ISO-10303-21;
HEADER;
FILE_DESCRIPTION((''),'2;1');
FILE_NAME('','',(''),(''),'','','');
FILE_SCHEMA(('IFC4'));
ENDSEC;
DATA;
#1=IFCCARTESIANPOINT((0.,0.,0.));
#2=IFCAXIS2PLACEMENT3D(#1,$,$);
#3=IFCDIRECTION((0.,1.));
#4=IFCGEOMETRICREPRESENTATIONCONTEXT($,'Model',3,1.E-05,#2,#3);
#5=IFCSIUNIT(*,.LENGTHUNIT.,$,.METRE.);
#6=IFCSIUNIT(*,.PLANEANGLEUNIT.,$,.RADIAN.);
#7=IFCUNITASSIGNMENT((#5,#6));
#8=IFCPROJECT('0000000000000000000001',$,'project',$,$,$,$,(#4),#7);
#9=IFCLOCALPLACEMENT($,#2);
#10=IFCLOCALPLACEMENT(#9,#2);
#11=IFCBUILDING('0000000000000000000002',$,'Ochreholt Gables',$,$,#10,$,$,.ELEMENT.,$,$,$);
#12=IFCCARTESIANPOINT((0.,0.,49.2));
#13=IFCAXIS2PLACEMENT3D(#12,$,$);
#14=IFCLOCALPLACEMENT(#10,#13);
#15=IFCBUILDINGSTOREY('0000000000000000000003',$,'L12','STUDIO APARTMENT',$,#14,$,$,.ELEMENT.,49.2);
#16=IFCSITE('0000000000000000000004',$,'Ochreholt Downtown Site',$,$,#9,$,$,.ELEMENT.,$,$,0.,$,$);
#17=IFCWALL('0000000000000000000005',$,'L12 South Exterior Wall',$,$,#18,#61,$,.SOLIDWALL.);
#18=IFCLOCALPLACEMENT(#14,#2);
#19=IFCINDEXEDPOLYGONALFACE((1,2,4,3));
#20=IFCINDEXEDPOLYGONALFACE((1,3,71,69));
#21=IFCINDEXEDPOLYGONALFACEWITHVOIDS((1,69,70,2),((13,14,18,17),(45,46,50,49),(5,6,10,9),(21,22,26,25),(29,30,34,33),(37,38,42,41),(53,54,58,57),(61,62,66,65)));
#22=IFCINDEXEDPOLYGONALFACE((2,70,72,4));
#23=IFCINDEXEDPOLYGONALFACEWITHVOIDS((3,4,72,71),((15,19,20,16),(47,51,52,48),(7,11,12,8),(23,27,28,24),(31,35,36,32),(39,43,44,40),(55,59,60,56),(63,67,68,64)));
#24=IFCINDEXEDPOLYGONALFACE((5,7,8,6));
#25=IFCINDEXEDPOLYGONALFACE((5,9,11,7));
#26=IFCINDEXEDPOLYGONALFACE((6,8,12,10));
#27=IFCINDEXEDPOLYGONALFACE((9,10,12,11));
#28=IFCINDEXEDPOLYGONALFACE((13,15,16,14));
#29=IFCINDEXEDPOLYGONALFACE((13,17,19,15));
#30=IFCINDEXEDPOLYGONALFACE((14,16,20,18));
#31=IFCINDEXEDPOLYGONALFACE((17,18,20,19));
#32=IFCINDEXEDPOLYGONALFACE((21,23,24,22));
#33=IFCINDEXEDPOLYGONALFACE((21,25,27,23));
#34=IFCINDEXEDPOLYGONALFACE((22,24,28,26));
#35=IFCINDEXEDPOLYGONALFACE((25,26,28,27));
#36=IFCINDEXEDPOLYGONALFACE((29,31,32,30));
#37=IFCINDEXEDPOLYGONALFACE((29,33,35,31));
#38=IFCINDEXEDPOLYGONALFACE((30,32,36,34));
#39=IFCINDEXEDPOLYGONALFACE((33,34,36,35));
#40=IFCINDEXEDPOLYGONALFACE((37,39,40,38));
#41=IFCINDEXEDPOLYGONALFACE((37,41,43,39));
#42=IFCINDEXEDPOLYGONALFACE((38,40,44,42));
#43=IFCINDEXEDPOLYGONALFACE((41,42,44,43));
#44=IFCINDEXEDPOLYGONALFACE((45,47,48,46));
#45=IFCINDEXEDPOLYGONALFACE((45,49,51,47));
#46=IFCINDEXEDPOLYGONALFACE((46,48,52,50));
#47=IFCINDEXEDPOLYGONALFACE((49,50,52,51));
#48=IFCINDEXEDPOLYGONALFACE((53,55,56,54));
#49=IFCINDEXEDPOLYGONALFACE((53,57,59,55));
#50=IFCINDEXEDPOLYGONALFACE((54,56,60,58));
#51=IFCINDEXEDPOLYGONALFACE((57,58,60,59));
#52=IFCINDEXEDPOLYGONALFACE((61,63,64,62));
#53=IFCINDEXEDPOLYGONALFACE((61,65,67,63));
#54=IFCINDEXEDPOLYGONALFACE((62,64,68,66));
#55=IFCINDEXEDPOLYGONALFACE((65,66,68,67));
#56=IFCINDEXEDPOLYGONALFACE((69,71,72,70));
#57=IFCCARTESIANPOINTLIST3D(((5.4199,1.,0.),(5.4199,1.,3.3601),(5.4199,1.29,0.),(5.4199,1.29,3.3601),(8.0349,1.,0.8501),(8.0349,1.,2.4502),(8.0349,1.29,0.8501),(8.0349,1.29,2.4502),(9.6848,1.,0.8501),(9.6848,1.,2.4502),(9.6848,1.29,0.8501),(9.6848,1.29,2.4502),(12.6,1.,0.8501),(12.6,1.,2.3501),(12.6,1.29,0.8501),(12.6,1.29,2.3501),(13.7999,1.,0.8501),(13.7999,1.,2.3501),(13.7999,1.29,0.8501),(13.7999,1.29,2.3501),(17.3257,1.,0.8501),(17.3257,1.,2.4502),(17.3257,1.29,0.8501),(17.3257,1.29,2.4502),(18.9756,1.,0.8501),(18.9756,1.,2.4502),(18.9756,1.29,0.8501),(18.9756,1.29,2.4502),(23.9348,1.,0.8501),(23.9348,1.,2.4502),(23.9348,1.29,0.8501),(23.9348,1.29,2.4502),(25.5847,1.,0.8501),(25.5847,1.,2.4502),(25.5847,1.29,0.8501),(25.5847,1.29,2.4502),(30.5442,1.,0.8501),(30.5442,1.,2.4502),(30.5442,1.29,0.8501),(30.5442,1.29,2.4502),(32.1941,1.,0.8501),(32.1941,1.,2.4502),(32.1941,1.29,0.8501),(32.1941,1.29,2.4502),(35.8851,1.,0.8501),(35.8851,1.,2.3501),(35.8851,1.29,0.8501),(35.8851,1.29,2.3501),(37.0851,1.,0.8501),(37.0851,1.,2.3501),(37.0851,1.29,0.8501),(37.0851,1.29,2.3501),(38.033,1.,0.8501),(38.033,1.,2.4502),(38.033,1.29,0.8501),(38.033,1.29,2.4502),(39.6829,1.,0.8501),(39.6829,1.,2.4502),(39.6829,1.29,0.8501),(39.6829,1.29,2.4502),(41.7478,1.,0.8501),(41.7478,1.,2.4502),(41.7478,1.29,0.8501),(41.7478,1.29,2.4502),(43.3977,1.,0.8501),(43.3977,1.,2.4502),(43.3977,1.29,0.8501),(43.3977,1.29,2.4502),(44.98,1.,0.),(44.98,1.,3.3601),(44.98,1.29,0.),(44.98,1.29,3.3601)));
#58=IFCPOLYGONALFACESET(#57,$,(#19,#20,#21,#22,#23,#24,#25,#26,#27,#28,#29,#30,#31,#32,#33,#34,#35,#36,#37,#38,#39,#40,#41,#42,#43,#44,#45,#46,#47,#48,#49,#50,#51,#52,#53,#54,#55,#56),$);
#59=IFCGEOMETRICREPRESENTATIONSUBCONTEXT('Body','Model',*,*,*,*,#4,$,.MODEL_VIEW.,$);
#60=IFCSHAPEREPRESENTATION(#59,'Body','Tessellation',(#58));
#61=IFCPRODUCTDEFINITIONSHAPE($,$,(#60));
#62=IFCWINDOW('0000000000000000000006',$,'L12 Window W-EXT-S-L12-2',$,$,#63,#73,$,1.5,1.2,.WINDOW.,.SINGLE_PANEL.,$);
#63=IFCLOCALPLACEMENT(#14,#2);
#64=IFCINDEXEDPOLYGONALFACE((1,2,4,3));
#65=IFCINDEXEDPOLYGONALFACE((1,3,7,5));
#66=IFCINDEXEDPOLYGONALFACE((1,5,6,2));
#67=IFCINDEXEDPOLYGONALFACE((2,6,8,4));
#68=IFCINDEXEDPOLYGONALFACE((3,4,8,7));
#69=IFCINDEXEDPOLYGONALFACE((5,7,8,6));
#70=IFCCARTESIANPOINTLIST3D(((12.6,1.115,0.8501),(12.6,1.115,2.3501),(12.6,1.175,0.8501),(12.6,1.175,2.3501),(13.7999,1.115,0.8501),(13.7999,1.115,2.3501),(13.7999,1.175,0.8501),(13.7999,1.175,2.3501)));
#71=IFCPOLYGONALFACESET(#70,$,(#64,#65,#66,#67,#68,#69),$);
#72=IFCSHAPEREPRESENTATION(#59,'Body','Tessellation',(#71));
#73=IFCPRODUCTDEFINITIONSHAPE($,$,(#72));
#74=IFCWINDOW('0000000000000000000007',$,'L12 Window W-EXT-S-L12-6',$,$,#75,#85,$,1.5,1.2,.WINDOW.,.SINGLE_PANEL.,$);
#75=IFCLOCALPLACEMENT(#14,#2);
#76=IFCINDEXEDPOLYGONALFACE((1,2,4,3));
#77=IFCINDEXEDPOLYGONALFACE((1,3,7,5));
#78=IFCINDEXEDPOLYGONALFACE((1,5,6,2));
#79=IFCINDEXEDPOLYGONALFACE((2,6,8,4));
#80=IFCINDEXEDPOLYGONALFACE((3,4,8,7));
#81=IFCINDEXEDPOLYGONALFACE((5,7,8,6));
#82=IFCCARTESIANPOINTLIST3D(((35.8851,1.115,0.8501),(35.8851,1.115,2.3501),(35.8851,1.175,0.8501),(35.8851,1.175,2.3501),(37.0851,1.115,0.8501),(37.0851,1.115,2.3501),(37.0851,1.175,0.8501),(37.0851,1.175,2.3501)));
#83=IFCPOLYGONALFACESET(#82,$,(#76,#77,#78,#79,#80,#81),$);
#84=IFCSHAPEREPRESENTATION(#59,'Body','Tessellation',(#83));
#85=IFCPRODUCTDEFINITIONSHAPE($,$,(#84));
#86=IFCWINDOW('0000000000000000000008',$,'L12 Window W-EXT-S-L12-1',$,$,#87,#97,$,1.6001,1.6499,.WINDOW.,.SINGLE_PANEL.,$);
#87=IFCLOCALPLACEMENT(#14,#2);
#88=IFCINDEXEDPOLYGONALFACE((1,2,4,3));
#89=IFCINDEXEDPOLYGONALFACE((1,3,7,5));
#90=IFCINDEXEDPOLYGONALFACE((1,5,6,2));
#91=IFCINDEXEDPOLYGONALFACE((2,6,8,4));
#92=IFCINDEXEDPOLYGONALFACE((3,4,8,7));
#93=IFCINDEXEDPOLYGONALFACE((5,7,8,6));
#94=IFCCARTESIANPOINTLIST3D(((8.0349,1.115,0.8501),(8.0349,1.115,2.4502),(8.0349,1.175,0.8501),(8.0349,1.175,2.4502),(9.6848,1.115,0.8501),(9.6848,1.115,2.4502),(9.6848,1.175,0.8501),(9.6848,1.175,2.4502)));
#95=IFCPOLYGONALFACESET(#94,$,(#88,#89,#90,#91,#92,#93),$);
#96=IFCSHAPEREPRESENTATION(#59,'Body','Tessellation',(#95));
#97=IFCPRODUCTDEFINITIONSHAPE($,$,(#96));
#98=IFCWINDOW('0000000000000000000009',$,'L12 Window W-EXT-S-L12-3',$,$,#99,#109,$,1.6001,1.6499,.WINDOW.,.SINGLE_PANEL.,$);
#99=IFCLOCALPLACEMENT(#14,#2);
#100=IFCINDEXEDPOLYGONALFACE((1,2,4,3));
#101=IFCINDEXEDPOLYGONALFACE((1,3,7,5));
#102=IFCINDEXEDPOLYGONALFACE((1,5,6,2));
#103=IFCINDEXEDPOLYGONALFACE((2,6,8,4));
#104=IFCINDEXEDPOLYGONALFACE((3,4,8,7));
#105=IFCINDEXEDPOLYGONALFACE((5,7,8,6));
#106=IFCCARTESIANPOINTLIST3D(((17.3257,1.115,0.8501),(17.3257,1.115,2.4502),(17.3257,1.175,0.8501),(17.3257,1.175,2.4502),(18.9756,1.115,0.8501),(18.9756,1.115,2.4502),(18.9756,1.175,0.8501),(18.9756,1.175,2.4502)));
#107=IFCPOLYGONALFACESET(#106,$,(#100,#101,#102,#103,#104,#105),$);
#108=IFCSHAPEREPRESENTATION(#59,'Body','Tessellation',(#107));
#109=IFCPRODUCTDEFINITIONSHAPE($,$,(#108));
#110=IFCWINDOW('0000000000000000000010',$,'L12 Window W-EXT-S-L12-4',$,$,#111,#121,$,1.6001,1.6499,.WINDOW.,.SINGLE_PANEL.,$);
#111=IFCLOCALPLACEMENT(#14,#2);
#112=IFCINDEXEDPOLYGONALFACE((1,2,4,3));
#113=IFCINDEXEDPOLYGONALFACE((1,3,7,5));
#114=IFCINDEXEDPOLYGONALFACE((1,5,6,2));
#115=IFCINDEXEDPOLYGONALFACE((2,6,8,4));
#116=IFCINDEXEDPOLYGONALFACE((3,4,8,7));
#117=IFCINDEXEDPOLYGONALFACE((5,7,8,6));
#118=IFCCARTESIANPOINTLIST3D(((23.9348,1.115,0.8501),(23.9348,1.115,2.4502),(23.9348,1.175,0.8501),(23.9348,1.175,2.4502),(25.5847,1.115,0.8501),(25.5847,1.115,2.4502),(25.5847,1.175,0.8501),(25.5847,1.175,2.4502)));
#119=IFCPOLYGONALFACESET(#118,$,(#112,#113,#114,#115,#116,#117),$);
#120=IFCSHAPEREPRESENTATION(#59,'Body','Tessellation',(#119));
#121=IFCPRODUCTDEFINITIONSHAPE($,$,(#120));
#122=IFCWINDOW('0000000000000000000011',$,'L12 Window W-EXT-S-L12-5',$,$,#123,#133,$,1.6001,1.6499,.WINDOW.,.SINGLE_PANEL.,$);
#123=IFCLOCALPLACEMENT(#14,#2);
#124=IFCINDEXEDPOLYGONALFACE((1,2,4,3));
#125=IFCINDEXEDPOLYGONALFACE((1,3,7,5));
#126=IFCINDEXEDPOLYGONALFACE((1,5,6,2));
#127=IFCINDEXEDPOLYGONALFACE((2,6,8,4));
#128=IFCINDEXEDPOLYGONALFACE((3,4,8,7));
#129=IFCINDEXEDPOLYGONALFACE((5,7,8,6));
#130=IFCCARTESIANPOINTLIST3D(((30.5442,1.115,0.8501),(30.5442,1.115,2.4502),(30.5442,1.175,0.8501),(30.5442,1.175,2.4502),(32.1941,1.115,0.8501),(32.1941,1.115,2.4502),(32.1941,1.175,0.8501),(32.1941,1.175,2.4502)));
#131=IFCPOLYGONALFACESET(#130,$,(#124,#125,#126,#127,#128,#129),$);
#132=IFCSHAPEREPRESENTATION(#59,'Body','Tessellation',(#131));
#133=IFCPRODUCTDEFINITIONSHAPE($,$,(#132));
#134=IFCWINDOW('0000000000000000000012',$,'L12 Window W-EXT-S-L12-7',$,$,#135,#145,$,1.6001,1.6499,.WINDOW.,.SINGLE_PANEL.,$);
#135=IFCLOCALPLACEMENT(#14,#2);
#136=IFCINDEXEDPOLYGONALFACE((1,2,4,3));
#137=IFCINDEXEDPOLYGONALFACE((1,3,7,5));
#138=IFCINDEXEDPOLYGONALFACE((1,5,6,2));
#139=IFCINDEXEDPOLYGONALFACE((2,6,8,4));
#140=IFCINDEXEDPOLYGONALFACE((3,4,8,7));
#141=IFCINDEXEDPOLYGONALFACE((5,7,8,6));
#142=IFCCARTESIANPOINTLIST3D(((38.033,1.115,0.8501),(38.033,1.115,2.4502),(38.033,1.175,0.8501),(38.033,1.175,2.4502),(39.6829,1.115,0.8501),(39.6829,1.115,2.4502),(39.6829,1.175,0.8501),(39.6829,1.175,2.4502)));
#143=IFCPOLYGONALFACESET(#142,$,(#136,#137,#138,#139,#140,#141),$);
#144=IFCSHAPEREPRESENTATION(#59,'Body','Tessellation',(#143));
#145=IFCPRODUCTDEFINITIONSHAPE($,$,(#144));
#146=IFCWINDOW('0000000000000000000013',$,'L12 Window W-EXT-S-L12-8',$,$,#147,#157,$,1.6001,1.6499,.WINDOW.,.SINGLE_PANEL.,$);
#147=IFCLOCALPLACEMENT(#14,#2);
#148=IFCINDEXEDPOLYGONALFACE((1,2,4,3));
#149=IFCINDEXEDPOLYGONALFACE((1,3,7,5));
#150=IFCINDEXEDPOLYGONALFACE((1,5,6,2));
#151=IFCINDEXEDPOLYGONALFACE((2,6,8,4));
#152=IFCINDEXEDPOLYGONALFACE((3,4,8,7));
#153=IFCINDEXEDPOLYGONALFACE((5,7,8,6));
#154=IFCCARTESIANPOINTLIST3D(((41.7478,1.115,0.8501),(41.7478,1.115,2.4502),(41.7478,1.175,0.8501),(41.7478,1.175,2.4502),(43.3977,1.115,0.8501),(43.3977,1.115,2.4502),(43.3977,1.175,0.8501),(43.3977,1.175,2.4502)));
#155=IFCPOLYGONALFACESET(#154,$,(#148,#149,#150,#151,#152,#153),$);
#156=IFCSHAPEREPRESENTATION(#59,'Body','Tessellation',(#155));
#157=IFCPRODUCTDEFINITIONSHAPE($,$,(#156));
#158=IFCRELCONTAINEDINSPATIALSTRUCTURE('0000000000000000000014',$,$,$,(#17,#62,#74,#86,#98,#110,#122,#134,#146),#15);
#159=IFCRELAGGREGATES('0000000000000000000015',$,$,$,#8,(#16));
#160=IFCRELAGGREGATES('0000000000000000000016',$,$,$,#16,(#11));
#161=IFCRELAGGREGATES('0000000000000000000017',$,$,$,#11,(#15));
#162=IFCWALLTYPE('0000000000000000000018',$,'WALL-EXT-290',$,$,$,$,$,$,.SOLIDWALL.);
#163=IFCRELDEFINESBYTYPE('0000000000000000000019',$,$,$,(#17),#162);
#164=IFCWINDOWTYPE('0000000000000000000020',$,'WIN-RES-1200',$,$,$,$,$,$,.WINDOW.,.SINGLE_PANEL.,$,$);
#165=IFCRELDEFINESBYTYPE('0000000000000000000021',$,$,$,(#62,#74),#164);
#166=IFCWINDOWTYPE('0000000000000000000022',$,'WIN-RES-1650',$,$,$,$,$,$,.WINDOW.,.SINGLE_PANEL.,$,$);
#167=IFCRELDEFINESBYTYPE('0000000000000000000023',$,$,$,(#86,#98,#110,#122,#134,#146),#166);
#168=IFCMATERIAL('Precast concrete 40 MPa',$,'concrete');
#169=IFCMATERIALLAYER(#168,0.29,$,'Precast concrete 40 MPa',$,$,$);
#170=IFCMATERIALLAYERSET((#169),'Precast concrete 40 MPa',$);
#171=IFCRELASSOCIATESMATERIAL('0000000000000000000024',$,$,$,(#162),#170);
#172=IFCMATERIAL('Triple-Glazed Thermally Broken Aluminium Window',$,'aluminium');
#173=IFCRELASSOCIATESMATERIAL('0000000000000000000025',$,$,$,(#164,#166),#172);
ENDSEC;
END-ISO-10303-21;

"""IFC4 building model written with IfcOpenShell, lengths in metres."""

from ifc_helpers import new_model, si_unit, direction, frame, frame_2d, origin, place, context, subcontext, project, spatial, rectangle, extrude, material, layer, layer_set, type_object, element, fill, save


model = new_model("IFC4")

# Units and contexts
model_context = context("Model", 3, precision=1e-05, world=origin(), true_north=direction((0.0, 1.0)))
body_context = subcontext(model_context, "Body", "Model", "MODEL_VIEW")
ifc_project = project(units=[si_unit("LENGTHUNIT", "METRE"), si_unit("PLANEANGLEUNIT", "RADIAN")], contexts=[model_context])

# Site, building, storey
site_placement = place(None, origin())
site = spatial("IfcSite", under=ifc_project, at=site_placement, Name="Ochreholt Downtown Site", CompositionType="ELEMENT", RefElevation=0.0)
building_placement = place(site_placement, origin())
building = spatial("IfcBuilding", under=site, at=building_placement, Name="Ochreholt Gables", CompositionType="ELEMENT")
storey_placement = place(building_placement, frame((0.0, 0.0, 49.2)))
storey = spatial("IfcBuildingStorey", under=building, at=storey_placement, Name="L12", Description="STUDIO APARTMENT", CompositionType="ELEMENT", Elevation=49.2)

# Wall, openings, windows
ifc_material_1 = material(Name="Precast concrete 40 MPa", Category="concrete")
ifc_layer_1 = layer(ifc_material_1, 0.29, Name="Precast concrete 40 MPa")
ifc_layer_set_1 = layer_set([ifc_layer_1], Name="Precast concrete 40 MPa")
wall_type_1 = type_object("IfcWallType", Name="WALL-EXT-290", PredefinedType="SOLIDWALL", material=ifc_layer_set_1)
wall_1_placement = place(storey_placement, frame((5.4199, 1.145, 0.0), z_axis=(0.0, 0.0, 1.0), x_axis=(1.0, 0.0, 0.0)))
wall_1 = element("IfcWall", 1, at=wall_1_placement, inside=storey, type_object=wall_type_1, Name="L12 South Exterior Wall", PredefinedType="SOLIDWALL", context=body_context, shape_type="SweptSolid", body=[
    extrude(rectangle(XDim=39.5601, YDim=0.29, at=frame_2d((19.78, 0.0))), origin(), (0.0, 0.0, 1.0), 3.3601),
])
opening_1_placement = place(wall_1_placement, frame((2.615, 0.0, 0.8501)))
opening_1 = element("IfcOpeningElement", 2, at=opening_1_placement, cuts=wall_1, PredefinedType="OPENING", context=body_context, shape_type="SweptSolid", body=[
    extrude(rectangle(XDim=1.6499, YDim=1.6001, at=frame_2d((0.825, 0.8))), frame((0.0, 0.155, 0.0), z_axis=(0.0, -1.0, 0.0), x_axis=(1.0, 0.0, 0.0)), (0.0, 0.0, 1.0), 0.3101),
])
opening_2_placement = place(wall_1_placement, frame((7.1799, 0.0, 0.8501)))
opening_2 = element("IfcOpeningElement", 3, at=opening_2_placement, cuts=wall_1, PredefinedType="OPENING", context=body_context, shape_type="SweptSolid", body=[
    extrude(rectangle(XDim=1.2, YDim=1.5, at=frame_2d((0.6001, 0.75))), frame((0.0, 0.155, 0.0), z_axis=(0.0, -1.0, 0.0), x_axis=(1.0, 0.0, 0.0)), (0.0, 0.0, 1.0), 0.3101),
])
opening_3_placement = place(wall_1_placement, frame((11.9058, 0.0, 0.8501)))
opening_3 = element("IfcOpeningElement", 4, at=opening_3_placement, cuts=wall_1, PredefinedType="OPENING", context=body_context, shape_type="SweptSolid", body=[
    extrude(rectangle(XDim=1.6499, YDim=1.6001, at=frame_2d((0.825, 0.8))), frame((0.0, 0.155, 0.0), z_axis=(0.0, -1.0, 0.0), x_axis=(1.0, 0.0, 0.0)), (0.0, 0.0, 1.0), 0.3101),
])
opening_4_placement = place(wall_1_placement, frame((18.5149, 0.0, 0.8501)))
opening_4 = element("IfcOpeningElement", 5, at=opening_4_placement, cuts=wall_1, PredefinedType="OPENING", context=body_context, shape_type="SweptSolid", body=[
    extrude(rectangle(XDim=1.6499, YDim=1.6001, at=frame_2d((0.825, 0.8))), frame((0.0, 0.155, 0.0), z_axis=(0.0, -1.0, 0.0), x_axis=(1.0, 0.0, 0.0)), (0.0, 0.0, 1.0), 0.3101),
])
opening_5_placement = place(wall_1_placement, frame((25.1243, 0.0, 0.8501)))
opening_5 = element("IfcOpeningElement", 6, at=opening_5_placement, cuts=wall_1, PredefinedType="OPENING", context=body_context, shape_type="SweptSolid", body=[
    extrude(rectangle(XDim=1.6499, YDim=1.6001, at=frame_2d((0.825, 0.8))), frame((0.0, 0.155, 0.0), z_axis=(0.0, -1.0, 0.0), x_axis=(1.0, 0.0, 0.0)), (0.0, 0.0, 1.0), 0.3101),
])
opening_6_placement = place(wall_1_placement, frame((30.4651, 0.0, 0.8501)))
opening_6 = element("IfcOpeningElement", 7, at=opening_6_placement, cuts=wall_1, PredefinedType="OPENING", context=body_context, shape_type="SweptSolid", body=[
    extrude(rectangle(XDim=1.2, YDim=1.5, at=frame_2d((0.6001, 0.75))), frame((0.0, 0.155, 0.0), z_axis=(0.0, -1.0, 0.0), x_axis=(1.0, 0.0, 0.0)), (0.0, 0.0, 1.0), 0.3101),
])
opening_7_placement = place(wall_1_placement, frame((32.613, 0.0, 0.8501)))
opening_7 = element("IfcOpeningElement", 8, at=opening_7_placement, cuts=wall_1, PredefinedType="OPENING", context=body_context, shape_type="SweptSolid", body=[
    extrude(rectangle(XDim=1.6499, YDim=1.6001, at=frame_2d((0.825, 0.8))), frame((0.0, 0.155, 0.0), z_axis=(0.0, -1.0, 0.0), x_axis=(1.0, 0.0, 0.0)), (0.0, 0.0, 1.0), 0.3101),
])
opening_8_placement = place(wall_1_placement, frame((36.3279, 0.0, 0.8501)))
opening_8 = element("IfcOpeningElement", 9, at=opening_8_placement, cuts=wall_1, PredefinedType="OPENING", context=body_context, shape_type="SweptSolid", body=[
    extrude(rectangle(XDim=1.6499, YDim=1.6001, at=frame_2d((0.825, 0.8))), frame((0.0, 0.155, 0.0), z_axis=(0.0, -1.0, 0.0), x_axis=(1.0, 0.0, 0.0)), (0.0, 0.0, 1.0), 0.3101),
])
ifc_material_2 = material(Name="Triple-Glazed Thermally Broken Aluminium Window", Category="aluminium")
window_type_1 = type_object("IfcWindowType", Name="WIN-RES-1200", PartitioningType="SINGLE_PANEL", PredefinedType="WINDOW", material=ifc_material_2)
window_1_placement = place(opening_2_placement, origin())
window_1 = element("IfcWindow", 10, at=window_1_placement, inside=storey, type_object=window_type_1, Name="L12 Window W-EXT-S-L12-2", OverallHeight=1.5, OverallWidth=1.2, PartitioningType="SINGLE_PANEL", PredefinedType="WINDOW", context=body_context, shape_type="SweptSolid", body=[
    extrude(rectangle(XDim=1.2, YDim=1.5, at=frame_2d((0.6001, 0.75))), frame((0.0, 0.03, 0.0), z_axis=(0.0, -1.0, 0.0), x_axis=(1.0, 0.0, 0.0)), (0.0, 0.0, 1.0), 0.0601),
])
fill(opening_2, window_1)
window_2_placement = place(opening_6_placement, origin())
window_2 = element("IfcWindow", 11, at=window_2_placement, inside=storey, type_object=window_type_1, Name="L12 Window W-EXT-S-L12-6", OverallHeight=1.5, OverallWidth=1.2, PartitioningType="SINGLE_PANEL", PredefinedType="WINDOW", context=body_context, shape_type="SweptSolid", body=[
    extrude(rectangle(XDim=1.2, YDim=1.5, at=frame_2d((0.6001, 0.75))), frame((0.0, 0.03, 0.0), z_axis=(0.0, -1.0, 0.0), x_axis=(1.0, 0.0, 0.0)), (0.0, 0.0, 1.0), 0.0601),
])
fill(opening_6, window_2)
window_type_2 = type_object("IfcWindowType", Name="WIN-RES-1650", PartitioningType="SINGLE_PANEL", PredefinedType="WINDOW", material=ifc_material_2)
window_3_placement = place(opening_1_placement, origin())
window_3 = element("IfcWindow", 12, at=window_3_placement, inside=storey, type_object=window_type_2, Name="L12 Window W-EXT-S-L12-1", OverallHeight=1.6001, OverallWidth=1.6499, PartitioningType="SINGLE_PANEL", PredefinedType="WINDOW", context=body_context, shape_type="SweptSolid", body=[
    extrude(rectangle(XDim=1.6499, YDim=1.6001, at=frame_2d((0.825, 0.8))), frame((0.0, 0.03, 0.0), z_axis=(0.0, -1.0, 0.0), x_axis=(1.0, 0.0, 0.0)), (0.0, 0.0, 1.0), 0.0601),
])
fill(opening_1, window_3)
window_4_placement = place(opening_3_placement, origin())
window_4 = element("IfcWindow", 13, at=window_4_placement, inside=storey, type_object=window_type_2, Name="L12 Window W-EXT-S-L12-3", OverallHeight=1.6001, OverallWidth=1.6499, PartitioningType="SINGLE_PANEL", PredefinedType="WINDOW", context=body_context, shape_type="SweptSolid", body=[
    extrude(rectangle(XDim=1.6499, YDim=1.6001, at=frame_2d((0.825, 0.8))), frame((0.0, 0.03, 0.0), z_axis=(0.0, -1.0, 0.0), x_axis=(1.0, 0.0, 0.0)), (0.0, 0.0, 1.0), 0.0601),
])
fill(opening_3, window_4)
window_5_placement = place(opening_4_placement, origin())
window_5 = element("IfcWindow", 14, at=window_5_placement, inside=storey, type_object=window_type_2, Name="L12 Window W-EXT-S-L12-4", OverallHeight=1.6001, OverallWidth=1.6499, PartitioningType="SINGLE_PANEL", PredefinedType="WINDOW", context=body_context, shape_type="SweptSolid", body=[
    extrude(rectangle(XDim=1.6499, YDim=1.6001, at=frame_2d((0.825, 0.8))), frame((0.0, 0.03, 0.0), z_axis=(0.0, -1.0, 0.0), x_axis=(1.0, 0.0, 0.0)), (0.0, 0.0, 1.0), 0.0601),
])
fill(opening_4, window_5)
window_6_placement = place(opening_5_placement, origin())
window_6 = element("IfcWindow", 15, at=window_6_placement, inside=storey, type_object=window_type_2, Name="L12 Window W-EXT-S-L12-5", OverallHeight=1.6001, OverallWidth=1.6499, PartitioningType="SINGLE_PANEL", PredefinedType="WINDOW", context=body_context, shape_type="SweptSolid", body=[
    extrude(rectangle(XDim=1.6499, YDim=1.6001, at=frame_2d((0.825, 0.8))), frame((0.0, 0.03, 0.0), z_axis=(0.0, -1.0, 0.0), x_axis=(1.0, 0.0, 0.0)), (0.0, 0.0, 1.0), 0.0601),
])
fill(opening_5, window_6)
window_7_placement = place(opening_7_placement, origin())
window_7 = element("IfcWindow", 16, at=window_7_placement, inside=storey, type_object=window_type_2, Name="L12 Window W-EXT-S-L12-7", OverallHeight=1.6001, OverallWidth=1.6499, PartitioningType="SINGLE_PANEL", PredefinedType="WINDOW", context=body_context, shape_type="SweptSolid", body=[
    extrude(rectangle(XDim=1.6499, YDim=1.6001, at=frame_2d((0.825, 0.8))), frame((0.0, 0.03, 0.0), z_axis=(0.0, -1.0, 0.0), x_axis=(1.0, 0.0, 0.0)), (0.0, 0.0, 1.0), 0.0601),
])
fill(opening_7, window_7)
window_8_placement = place(opening_8_placement, origin())
window_8 = element("IfcWindow", 17, at=window_8_placement, inside=storey, type_object=window_type_2, Name="L12 Window W-EXT-S-L12-8", OverallHeight=1.6001, OverallWidth=1.6499, PartitioningType="SINGLE_PANEL", PredefinedType="WINDOW", context=body_context, shape_type="SweptSolid", body=[
    extrude(rectangle(XDim=1.6499, YDim=1.6001, at=frame_2d((0.825, 0.8))), frame((0.0, 0.03, 0.0), z_axis=(0.0, -1.0, 0.0), x_axis=(1.0, 0.0, 0.0)), (0.0, 0.0, 1.0), 0.0601),
])
fill(opening_8, window_8)

save(model, "model.ifc")
